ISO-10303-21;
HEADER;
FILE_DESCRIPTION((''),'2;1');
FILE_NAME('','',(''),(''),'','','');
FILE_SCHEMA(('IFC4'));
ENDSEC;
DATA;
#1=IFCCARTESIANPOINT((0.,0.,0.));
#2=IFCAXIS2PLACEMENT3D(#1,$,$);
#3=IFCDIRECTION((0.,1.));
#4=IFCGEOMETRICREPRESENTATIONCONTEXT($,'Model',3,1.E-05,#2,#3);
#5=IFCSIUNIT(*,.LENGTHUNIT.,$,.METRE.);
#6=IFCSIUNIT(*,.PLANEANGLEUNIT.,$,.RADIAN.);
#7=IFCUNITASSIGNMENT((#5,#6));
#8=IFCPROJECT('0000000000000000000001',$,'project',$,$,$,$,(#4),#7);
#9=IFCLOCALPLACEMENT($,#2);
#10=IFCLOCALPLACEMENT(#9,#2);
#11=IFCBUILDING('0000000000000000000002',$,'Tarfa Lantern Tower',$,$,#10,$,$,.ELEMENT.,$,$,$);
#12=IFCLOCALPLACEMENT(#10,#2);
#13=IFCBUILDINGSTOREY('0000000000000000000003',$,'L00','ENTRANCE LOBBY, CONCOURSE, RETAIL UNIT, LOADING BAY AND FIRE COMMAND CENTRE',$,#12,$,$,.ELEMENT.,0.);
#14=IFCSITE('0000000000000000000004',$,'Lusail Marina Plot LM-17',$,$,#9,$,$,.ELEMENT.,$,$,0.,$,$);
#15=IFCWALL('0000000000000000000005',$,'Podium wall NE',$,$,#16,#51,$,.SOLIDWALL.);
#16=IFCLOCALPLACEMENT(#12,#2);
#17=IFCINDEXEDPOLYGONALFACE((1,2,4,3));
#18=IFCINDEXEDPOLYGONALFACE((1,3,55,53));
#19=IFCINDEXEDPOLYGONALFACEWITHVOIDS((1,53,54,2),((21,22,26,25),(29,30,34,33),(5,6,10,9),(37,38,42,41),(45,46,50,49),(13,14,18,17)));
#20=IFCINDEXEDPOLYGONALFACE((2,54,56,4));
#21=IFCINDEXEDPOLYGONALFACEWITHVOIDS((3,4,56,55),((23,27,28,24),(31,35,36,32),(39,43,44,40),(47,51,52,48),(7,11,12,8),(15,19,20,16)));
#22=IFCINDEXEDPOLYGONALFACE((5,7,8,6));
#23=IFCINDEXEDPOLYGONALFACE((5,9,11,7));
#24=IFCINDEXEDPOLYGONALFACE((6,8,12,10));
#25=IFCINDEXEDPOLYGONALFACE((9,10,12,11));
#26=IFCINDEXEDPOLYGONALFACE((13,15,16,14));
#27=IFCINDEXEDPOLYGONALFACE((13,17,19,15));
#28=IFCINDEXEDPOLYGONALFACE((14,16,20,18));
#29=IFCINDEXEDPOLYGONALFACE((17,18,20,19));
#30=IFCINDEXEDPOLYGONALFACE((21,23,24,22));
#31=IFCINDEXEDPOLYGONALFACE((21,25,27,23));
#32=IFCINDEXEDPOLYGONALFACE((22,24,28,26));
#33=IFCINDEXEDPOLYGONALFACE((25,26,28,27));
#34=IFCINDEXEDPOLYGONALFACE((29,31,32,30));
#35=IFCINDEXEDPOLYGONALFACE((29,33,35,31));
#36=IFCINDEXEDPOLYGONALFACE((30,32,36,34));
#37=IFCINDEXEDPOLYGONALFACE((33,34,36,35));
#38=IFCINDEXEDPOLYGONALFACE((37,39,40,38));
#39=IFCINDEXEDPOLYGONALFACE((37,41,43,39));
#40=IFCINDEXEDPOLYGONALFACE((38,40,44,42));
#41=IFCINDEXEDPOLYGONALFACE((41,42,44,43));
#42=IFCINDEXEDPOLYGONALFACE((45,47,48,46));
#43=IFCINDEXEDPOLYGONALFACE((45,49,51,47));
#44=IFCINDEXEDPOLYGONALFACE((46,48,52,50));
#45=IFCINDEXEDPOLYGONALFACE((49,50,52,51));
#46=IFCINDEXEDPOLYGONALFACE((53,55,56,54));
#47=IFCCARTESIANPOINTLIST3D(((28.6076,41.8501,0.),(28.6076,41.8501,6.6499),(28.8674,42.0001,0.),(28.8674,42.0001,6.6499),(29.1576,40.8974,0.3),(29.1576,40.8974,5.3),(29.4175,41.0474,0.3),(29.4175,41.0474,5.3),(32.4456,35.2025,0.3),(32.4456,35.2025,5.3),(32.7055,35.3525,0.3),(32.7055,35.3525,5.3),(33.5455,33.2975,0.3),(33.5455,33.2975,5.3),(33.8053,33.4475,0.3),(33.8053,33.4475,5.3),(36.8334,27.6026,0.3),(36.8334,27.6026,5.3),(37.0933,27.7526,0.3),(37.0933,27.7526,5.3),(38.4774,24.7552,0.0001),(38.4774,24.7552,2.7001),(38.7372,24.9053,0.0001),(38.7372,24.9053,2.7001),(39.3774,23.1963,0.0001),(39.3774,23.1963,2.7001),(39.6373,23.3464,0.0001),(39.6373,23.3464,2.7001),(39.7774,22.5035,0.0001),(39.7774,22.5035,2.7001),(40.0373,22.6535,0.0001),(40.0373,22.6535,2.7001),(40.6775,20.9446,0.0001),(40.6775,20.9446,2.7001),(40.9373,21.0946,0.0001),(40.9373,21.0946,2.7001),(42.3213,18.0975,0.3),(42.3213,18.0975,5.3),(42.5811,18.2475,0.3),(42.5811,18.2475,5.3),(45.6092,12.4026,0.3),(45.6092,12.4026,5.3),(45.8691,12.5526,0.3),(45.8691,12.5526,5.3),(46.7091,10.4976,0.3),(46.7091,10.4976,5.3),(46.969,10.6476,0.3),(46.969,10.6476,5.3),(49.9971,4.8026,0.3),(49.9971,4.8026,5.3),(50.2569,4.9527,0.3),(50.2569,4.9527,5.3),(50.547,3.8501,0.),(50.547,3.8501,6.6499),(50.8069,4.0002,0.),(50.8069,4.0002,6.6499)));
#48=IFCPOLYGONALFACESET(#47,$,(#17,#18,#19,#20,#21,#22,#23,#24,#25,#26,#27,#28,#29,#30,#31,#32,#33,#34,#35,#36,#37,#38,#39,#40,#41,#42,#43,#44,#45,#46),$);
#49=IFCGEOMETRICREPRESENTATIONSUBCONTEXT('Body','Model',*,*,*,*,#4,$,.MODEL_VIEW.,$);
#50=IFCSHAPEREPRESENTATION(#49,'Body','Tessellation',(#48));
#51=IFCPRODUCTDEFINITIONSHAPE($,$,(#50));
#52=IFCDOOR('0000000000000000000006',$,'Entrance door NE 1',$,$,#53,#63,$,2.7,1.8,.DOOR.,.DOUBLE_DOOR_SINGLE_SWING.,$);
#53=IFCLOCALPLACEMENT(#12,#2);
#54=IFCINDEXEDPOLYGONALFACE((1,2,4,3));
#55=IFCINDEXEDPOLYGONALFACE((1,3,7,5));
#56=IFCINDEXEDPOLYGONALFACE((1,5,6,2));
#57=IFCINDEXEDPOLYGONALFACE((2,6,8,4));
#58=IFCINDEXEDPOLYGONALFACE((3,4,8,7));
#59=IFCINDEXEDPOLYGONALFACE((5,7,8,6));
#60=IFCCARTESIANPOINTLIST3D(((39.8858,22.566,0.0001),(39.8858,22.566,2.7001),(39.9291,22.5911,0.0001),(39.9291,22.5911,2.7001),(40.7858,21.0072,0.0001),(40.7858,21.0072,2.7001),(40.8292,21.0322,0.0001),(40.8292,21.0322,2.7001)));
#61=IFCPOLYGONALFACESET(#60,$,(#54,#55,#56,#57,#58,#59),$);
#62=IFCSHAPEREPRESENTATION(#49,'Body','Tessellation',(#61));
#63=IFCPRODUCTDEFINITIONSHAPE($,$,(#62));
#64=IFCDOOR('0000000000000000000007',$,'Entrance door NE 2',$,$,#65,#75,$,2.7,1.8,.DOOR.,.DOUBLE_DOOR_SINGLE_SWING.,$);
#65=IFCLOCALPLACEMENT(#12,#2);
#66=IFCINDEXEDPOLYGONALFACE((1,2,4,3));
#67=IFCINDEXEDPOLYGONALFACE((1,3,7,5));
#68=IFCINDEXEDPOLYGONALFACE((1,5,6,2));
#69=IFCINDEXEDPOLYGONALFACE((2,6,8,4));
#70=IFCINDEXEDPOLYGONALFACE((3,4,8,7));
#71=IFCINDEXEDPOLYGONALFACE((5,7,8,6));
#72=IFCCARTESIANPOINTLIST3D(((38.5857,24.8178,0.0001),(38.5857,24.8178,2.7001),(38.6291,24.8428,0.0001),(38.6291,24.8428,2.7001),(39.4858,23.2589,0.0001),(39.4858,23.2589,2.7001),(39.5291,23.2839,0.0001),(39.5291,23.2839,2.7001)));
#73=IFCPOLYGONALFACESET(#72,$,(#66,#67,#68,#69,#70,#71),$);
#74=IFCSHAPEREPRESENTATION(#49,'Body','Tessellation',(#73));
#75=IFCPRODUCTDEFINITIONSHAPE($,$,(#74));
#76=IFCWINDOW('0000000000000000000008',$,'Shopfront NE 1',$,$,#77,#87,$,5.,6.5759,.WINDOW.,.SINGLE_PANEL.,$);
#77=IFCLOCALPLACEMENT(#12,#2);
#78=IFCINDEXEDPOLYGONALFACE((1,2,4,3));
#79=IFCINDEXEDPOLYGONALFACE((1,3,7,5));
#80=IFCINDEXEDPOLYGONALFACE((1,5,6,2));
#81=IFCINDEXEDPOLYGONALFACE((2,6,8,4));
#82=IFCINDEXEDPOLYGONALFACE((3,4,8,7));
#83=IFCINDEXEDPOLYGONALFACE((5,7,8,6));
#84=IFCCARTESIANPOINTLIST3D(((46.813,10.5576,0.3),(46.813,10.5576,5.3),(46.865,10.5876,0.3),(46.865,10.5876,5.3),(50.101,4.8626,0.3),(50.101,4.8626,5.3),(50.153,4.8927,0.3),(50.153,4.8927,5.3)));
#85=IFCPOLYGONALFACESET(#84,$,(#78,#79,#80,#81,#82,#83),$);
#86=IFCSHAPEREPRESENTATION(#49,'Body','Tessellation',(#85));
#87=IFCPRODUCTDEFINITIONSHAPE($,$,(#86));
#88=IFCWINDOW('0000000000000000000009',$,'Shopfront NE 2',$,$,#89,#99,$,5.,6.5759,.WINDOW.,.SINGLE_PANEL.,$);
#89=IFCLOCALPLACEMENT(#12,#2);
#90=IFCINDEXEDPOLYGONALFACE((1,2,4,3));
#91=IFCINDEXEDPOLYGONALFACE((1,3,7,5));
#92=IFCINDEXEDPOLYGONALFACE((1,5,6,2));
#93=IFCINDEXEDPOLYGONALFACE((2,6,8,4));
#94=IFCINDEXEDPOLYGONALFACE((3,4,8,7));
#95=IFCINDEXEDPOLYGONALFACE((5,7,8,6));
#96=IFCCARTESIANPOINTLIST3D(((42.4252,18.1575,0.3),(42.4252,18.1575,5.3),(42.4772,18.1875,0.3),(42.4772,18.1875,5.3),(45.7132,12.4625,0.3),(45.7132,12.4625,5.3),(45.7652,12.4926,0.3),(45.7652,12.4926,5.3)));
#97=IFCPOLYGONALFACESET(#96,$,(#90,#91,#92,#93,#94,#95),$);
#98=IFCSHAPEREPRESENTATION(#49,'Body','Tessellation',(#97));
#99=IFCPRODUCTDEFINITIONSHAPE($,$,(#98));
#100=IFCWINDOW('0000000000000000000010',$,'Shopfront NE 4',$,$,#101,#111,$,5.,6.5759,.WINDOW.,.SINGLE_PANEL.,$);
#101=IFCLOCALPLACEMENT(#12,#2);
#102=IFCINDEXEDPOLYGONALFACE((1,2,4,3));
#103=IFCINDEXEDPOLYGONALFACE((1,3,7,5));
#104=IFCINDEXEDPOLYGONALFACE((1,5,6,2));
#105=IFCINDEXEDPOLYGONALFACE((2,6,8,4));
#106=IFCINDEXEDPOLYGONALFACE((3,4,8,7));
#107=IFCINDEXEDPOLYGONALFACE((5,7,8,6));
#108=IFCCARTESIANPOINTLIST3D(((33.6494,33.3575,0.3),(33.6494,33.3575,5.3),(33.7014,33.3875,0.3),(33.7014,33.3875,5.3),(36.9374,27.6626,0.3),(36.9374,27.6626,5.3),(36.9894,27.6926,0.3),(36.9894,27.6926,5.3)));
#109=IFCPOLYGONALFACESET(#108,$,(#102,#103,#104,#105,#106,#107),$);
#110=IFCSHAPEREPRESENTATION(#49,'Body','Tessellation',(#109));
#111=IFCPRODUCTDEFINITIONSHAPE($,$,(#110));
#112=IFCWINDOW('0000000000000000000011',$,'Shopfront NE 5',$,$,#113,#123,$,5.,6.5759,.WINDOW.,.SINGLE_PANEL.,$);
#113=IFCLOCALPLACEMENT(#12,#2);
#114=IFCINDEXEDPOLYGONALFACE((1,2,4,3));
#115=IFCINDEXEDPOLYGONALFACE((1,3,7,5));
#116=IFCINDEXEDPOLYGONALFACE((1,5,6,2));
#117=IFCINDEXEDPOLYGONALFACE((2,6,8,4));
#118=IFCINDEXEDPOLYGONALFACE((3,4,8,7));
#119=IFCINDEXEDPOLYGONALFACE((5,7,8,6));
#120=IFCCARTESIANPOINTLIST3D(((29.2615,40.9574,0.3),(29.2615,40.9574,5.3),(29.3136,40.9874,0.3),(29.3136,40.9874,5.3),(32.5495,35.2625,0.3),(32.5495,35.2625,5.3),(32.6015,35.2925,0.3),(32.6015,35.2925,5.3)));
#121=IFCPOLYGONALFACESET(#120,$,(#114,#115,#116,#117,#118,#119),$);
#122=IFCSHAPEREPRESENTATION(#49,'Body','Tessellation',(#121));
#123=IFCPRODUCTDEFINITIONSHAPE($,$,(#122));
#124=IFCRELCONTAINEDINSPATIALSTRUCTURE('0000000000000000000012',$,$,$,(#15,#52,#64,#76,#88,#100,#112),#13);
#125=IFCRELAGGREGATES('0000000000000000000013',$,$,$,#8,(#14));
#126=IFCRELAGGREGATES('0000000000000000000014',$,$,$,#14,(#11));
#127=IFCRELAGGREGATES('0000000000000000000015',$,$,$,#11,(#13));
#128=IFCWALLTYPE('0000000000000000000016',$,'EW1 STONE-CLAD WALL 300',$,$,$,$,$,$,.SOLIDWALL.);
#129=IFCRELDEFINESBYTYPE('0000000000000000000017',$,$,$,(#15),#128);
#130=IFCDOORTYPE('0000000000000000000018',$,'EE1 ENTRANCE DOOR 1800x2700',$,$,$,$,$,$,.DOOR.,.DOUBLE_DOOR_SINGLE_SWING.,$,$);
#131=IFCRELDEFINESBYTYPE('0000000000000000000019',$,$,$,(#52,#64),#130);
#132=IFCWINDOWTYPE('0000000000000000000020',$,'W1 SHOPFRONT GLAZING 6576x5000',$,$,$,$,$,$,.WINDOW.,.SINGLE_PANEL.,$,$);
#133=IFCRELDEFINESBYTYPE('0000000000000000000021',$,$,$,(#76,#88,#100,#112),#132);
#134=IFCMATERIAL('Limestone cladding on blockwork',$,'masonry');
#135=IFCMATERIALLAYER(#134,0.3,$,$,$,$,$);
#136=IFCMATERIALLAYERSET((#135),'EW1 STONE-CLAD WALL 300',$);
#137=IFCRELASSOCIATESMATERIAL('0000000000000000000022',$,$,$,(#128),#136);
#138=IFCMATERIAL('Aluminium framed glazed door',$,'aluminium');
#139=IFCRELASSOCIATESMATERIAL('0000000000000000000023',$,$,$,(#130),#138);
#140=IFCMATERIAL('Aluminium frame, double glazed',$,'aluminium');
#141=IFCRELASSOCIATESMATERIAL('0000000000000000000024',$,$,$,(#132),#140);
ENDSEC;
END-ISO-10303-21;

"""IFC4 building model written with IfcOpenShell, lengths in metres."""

from ifc_helpers import new_model, si_unit, direction, frame, frame_2d, origin, place, context, subcontext, project, spatial, rectangle, extrude, material, layer, layer_set, type_object, element, fill, save


model = new_model("IFC4")

# Units and contexts
model_context = context("Model", 3, precision=1e-05, world=origin(), true_north=direction((0.0, 1.0)))
body_context = subcontext(model_context, "Body", "Model", "MODEL_VIEW")
ifc_project = project(units=[si_unit("LENGTHUNIT", "METRE"), si_unit("PLANEANGLEUNIT", "RADIAN")], contexts=[model_context])

# Site, building, storey
site_placement = place(None, origin())
site = spatial("IfcSite", under=ifc_project, at=site_placement, Name="Lusail Marina Plot LM-17", CompositionType="ELEMENT", RefElevation=0.0)
building_placement = place(site_placement, origin())
building = spatial("IfcBuilding", under=site, at=building_placement, Name="Tarfa Lantern Tower", CompositionType="ELEMENT")
storey_placement = place(building_placement, origin())
storey = spatial("IfcBuildingStorey", under=building, at=storey_placement, Name="L00", Description="ENTRANCE LOBBY, CONCOURSE, RETAIL UNIT, LOADING BAY AND FIRE COMMAND CENTRE", CompositionType="ELEMENT", Elevation=0.0)

# Wall, openings, doors, windows
ifc_material_1 = material(Name="Limestone cladding on blockwork", Category="masonry")
ifc_layer = layer(ifc_material_1, 0.3)
ifc_layer_set = layer_set([ifc_layer], Name="EW1 STONE-CLAD WALL 300")
wall_type = type_object("IfcWallType", Name="EW1 STONE-CLAD WALL 300", PredefinedType="SOLIDWALL", material=ifc_layer_set)
wall_placement = place(storey_placement, frame((50.677, 3.925, 0.0), z_axis=(0.0, 0.0, 1.0), x_axis=(-0.500002, 0.866024, 0.0)))
wall = element("IfcWall", 1, at=wall_placement, inside=storey, type_object=wall_type, Name="Podium wall NE", PredefinedType="SOLIDWALL", context=body_context, shape_type="SweptSolid", body=[
    extrude(rectangle(XDim=43.8787, YDim=0.3, at=frame_2d((21.9395, 0.0))), origin(), (0.0, 0.0, 1.0), 6.6499),
])
opening_1_placement = place(wall_placement, frame((1.0999, 0.0, 0.3)))
opening_1 = element("IfcOpeningElement", 2, at=opening_1_placement, cuts=wall, PredefinedType="OPENING", context=body_context, shape_type="SweptSolid", body=[
    extrude(rectangle(XDim=6.5759, YDim=5.0, at=frame_2d((3.2881, 2.5))), frame((0.0, 0.1599, 0.0), z_axis=(0.0, -1.0, 0.0), x_axis=(1.0, 0.0, 0.0)), (0.0, 0.0, 1.0), 0.3201),
])
opening_2_placement = place(wall_placement, frame((9.8755, 0.0, 0.3)))
opening_2 = element("IfcOpeningElement", 3, at=opening_2_placement, cuts=wall, PredefinedType="OPENING", context=body_context, shape_type="SweptSolid", body=[
    extrude(rectangle(XDim=6.5759, YDim=5.0, at=frame_2d((3.2881, 2.5))), frame((0.0, 0.1599, 0.0), z_axis=(0.0, -1.0, 0.0), x_axis=(1.0, 0.0, 0.0)), (0.0, 0.0, 1.0), 0.3201),
])
opening_3_placement = place(wall_placement, frame((19.7393, 0.0, 0.0)))
opening_3 = element("IfcOpeningElement", 4, at=opening_3_placement, cuts=wall, PredefinedType="OPENING", context=body_context, shape_type="SweptSolid", body=[
    extrude(rectangle(XDim=1.8, YDim=2.7, at=frame_2d((0.8999, 1.3501))), frame((0.0, 0.1599, 0.0), z_axis=(0.0, -1.0, 0.0), x_axis=(1.0, 0.0, 0.0)), (0.0, 0.0, 1.0), 0.3201),
])
opening_4_placement = place(wall_placement, frame((22.3394, 0.0, 0.0)))
opening_4 = element("IfcOpeningElement", 5, at=opening_4_placement, cuts=wall, PredefinedType="OPENING", context=body_context, shape_type="SweptSolid", body=[
    extrude(rectangle(XDim=1.8, YDim=2.7, at=frame_2d((0.8999, 1.3501))), frame((0.0, 0.1599, 0.0), z_axis=(0.0, -1.0, 0.0), x_axis=(1.0, 0.0, 0.0)), (0.0, 0.0, 1.0), 0.3201),
])
opening_5_placement = place(wall_placement, frame((27.427, 0.0, 0.3)))
opening_5 = element("IfcOpeningElement", 6, at=opening_5_placement, cuts=wall, PredefinedType="OPENING", context=body_context, shape_type="SweptSolid", body=[
    extrude(rectangle(XDim=6.5759, YDim=5.0, at=frame_2d((3.2881, 2.5))), frame((0.0, 0.1599, 0.0), z_axis=(0.0, -1.0, 0.0), x_axis=(1.0, 0.0, 0.0)), (0.0, 0.0, 1.0), 0.3201),
])
opening_6_placement = place(wall_placement, frame((36.2026, 0.0, 0.3)))
opening_6 = element("IfcOpeningElement", 7, at=opening_6_placement, cuts=wall, PredefinedType="OPENING", context=body_context, shape_type="SweptSolid", body=[
    extrude(rectangle(XDim=6.5759, YDim=5.0, at=frame_2d((3.2881, 2.5))), frame((0.0, 0.1599, 0.0), z_axis=(0.0, -1.0, 0.0), x_axis=(1.0, 0.0, 0.0)), (0.0, 0.0, 1.0), 0.3201),
])
ifc_material_2 = material(Name="Aluminium framed glazed door", Category="aluminium")
door_type = type_object("IfcDoorType", Name="EE1 ENTRANCE DOOR 1800x2700", OperationType="DOUBLE_DOOR_SINGLE_SWING", PredefinedType="DOOR", material=ifc_material_2)
door_1_placement = place(opening_3_placement, origin())
door_1 = element("IfcDoor", 8, at=door_1_placement, inside=storey, type_object=door_type, Name="Entrance door NE 1", OperationType="DOUBLE_DOOR_SINGLE_SWING", OverallHeight=2.7, OverallWidth=1.8, PredefinedType="DOOR", context=body_context, shape_type="SweptSolid", body=[
    extrude(rectangle(XDim=1.8, YDim=2.7, at=frame_2d((0.8999, 1.3501))), frame((0.0, 0.0249, 0.0), z_axis=(0.0, -1.0, 0.0), x_axis=(1.0, 0.0, 0.0)), (0.0, 0.0, 1.0), 0.05),
])
fill(opening_3, door_1)
door_2_placement = place(opening_4_placement, origin())
door_2 = element("IfcDoor", 9, at=door_2_placement, inside=storey, type_object=door_type, Name="Entrance door NE 2", OperationType="DOUBLE_DOOR_SINGLE_SWING", OverallHeight=2.7, OverallWidth=1.8, PredefinedType="DOOR", context=body_context, shape_type="SweptSolid", body=[
    extrude(rectangle(XDim=1.8, YDim=2.7, at=frame_2d((0.8999, 1.3501))), frame((0.0, 0.0249, 0.0), z_axis=(0.0, -1.0, 0.0), x_axis=(1.0, 0.0, 0.0)), (0.0, 0.0, 1.0), 0.05),
])
fill(opening_4, door_2)
ifc_material_3 = material(Name="Aluminium frame, double glazed", Category="aluminium")
window_type = type_object("IfcWindowType", Name="W1 SHOPFRONT GLAZING 6576x5000", PartitioningType="SINGLE_PANEL", PredefinedType="WINDOW", material=ifc_material_3)
window_1_placement = place(opening_1_placement, origin())
window_1 = element("IfcWindow", 10, at=window_1_placement, inside=storey, type_object=window_type, Name="Shopfront NE 1", OverallHeight=5.0, OverallWidth=6.5759, PartitioningType="SINGLE_PANEL", PredefinedType="WINDOW", context=body_context, shape_type="SweptSolid", body=[
    extrude(rectangle(XDim=6.5759, YDim=5.0, at=frame_2d((3.2881, 2.5))), frame((0.0, 0.03, 0.0), z_axis=(0.0, -1.0, 0.0), x_axis=(1.0, 0.0, 0.0)), (0.0, 0.0, 1.0), 0.0601),
])
fill(opening_1, window_1)
window_2_placement = place(opening_2_placement, origin())
window_2 = element("IfcWindow", 11, at=window_2_placement, inside=storey, type_object=window_type, Name="Shopfront NE 2", OverallHeight=5.0, OverallWidth=6.5759, PartitioningType="SINGLE_PANEL", PredefinedType="WINDOW", context=body_context, shape_type="SweptSolid", body=[
    extrude(rectangle(XDim=6.5759, YDim=5.0, at=frame_2d((3.2881, 2.5))), frame((0.0, 0.03, 0.0), z_axis=(0.0, -1.0, 0.0), x_axis=(1.0, 0.0, 0.0)), (0.0, 0.0, 1.0), 0.0601),
])
fill(opening_2, window_2)
window_3_placement = place(opening_5_placement, origin())
window_3 = element("IfcWindow", 12, at=window_3_placement, inside=storey, type_object=window_type, Name="Shopfront NE 4", OverallHeight=5.0, OverallWidth=6.5759, PartitioningType="SINGLE_PANEL", PredefinedType="WINDOW", context=body_context, shape_type="SweptSolid", body=[
    extrude(rectangle(XDim=6.5759, YDim=5.0, at=frame_2d((3.2881, 2.5))), frame((0.0, 0.03, 0.0), z_axis=(0.0, -1.0, 0.0), x_axis=(1.0, 0.0, 0.0)), (0.0, 0.0, 1.0), 0.0601),
])
fill(opening_5, window_3)
window_4_placement = place(opening_6_placement, origin())
window_4 = element("IfcWindow", 13, at=window_4_placement, inside=storey, type_object=window_type, Name="Shopfront NE 5", OverallHeight=5.0, OverallWidth=6.5759, PartitioningType="SINGLE_PANEL", PredefinedType="WINDOW", context=body_context, shape_type="SweptSolid", body=[
    extrude(rectangle(XDim=6.5759, YDim=5.0, at=frame_2d((3.2881, 2.5))), frame((0.0, 0.03, 0.0), z_axis=(0.0, -1.0, 0.0), x_axis=(1.0, 0.0, 0.0)), (0.0, 0.0, 1.0), 0.0601),
])
fill(opening_6, window_4)

save(model, "model.ifc")
